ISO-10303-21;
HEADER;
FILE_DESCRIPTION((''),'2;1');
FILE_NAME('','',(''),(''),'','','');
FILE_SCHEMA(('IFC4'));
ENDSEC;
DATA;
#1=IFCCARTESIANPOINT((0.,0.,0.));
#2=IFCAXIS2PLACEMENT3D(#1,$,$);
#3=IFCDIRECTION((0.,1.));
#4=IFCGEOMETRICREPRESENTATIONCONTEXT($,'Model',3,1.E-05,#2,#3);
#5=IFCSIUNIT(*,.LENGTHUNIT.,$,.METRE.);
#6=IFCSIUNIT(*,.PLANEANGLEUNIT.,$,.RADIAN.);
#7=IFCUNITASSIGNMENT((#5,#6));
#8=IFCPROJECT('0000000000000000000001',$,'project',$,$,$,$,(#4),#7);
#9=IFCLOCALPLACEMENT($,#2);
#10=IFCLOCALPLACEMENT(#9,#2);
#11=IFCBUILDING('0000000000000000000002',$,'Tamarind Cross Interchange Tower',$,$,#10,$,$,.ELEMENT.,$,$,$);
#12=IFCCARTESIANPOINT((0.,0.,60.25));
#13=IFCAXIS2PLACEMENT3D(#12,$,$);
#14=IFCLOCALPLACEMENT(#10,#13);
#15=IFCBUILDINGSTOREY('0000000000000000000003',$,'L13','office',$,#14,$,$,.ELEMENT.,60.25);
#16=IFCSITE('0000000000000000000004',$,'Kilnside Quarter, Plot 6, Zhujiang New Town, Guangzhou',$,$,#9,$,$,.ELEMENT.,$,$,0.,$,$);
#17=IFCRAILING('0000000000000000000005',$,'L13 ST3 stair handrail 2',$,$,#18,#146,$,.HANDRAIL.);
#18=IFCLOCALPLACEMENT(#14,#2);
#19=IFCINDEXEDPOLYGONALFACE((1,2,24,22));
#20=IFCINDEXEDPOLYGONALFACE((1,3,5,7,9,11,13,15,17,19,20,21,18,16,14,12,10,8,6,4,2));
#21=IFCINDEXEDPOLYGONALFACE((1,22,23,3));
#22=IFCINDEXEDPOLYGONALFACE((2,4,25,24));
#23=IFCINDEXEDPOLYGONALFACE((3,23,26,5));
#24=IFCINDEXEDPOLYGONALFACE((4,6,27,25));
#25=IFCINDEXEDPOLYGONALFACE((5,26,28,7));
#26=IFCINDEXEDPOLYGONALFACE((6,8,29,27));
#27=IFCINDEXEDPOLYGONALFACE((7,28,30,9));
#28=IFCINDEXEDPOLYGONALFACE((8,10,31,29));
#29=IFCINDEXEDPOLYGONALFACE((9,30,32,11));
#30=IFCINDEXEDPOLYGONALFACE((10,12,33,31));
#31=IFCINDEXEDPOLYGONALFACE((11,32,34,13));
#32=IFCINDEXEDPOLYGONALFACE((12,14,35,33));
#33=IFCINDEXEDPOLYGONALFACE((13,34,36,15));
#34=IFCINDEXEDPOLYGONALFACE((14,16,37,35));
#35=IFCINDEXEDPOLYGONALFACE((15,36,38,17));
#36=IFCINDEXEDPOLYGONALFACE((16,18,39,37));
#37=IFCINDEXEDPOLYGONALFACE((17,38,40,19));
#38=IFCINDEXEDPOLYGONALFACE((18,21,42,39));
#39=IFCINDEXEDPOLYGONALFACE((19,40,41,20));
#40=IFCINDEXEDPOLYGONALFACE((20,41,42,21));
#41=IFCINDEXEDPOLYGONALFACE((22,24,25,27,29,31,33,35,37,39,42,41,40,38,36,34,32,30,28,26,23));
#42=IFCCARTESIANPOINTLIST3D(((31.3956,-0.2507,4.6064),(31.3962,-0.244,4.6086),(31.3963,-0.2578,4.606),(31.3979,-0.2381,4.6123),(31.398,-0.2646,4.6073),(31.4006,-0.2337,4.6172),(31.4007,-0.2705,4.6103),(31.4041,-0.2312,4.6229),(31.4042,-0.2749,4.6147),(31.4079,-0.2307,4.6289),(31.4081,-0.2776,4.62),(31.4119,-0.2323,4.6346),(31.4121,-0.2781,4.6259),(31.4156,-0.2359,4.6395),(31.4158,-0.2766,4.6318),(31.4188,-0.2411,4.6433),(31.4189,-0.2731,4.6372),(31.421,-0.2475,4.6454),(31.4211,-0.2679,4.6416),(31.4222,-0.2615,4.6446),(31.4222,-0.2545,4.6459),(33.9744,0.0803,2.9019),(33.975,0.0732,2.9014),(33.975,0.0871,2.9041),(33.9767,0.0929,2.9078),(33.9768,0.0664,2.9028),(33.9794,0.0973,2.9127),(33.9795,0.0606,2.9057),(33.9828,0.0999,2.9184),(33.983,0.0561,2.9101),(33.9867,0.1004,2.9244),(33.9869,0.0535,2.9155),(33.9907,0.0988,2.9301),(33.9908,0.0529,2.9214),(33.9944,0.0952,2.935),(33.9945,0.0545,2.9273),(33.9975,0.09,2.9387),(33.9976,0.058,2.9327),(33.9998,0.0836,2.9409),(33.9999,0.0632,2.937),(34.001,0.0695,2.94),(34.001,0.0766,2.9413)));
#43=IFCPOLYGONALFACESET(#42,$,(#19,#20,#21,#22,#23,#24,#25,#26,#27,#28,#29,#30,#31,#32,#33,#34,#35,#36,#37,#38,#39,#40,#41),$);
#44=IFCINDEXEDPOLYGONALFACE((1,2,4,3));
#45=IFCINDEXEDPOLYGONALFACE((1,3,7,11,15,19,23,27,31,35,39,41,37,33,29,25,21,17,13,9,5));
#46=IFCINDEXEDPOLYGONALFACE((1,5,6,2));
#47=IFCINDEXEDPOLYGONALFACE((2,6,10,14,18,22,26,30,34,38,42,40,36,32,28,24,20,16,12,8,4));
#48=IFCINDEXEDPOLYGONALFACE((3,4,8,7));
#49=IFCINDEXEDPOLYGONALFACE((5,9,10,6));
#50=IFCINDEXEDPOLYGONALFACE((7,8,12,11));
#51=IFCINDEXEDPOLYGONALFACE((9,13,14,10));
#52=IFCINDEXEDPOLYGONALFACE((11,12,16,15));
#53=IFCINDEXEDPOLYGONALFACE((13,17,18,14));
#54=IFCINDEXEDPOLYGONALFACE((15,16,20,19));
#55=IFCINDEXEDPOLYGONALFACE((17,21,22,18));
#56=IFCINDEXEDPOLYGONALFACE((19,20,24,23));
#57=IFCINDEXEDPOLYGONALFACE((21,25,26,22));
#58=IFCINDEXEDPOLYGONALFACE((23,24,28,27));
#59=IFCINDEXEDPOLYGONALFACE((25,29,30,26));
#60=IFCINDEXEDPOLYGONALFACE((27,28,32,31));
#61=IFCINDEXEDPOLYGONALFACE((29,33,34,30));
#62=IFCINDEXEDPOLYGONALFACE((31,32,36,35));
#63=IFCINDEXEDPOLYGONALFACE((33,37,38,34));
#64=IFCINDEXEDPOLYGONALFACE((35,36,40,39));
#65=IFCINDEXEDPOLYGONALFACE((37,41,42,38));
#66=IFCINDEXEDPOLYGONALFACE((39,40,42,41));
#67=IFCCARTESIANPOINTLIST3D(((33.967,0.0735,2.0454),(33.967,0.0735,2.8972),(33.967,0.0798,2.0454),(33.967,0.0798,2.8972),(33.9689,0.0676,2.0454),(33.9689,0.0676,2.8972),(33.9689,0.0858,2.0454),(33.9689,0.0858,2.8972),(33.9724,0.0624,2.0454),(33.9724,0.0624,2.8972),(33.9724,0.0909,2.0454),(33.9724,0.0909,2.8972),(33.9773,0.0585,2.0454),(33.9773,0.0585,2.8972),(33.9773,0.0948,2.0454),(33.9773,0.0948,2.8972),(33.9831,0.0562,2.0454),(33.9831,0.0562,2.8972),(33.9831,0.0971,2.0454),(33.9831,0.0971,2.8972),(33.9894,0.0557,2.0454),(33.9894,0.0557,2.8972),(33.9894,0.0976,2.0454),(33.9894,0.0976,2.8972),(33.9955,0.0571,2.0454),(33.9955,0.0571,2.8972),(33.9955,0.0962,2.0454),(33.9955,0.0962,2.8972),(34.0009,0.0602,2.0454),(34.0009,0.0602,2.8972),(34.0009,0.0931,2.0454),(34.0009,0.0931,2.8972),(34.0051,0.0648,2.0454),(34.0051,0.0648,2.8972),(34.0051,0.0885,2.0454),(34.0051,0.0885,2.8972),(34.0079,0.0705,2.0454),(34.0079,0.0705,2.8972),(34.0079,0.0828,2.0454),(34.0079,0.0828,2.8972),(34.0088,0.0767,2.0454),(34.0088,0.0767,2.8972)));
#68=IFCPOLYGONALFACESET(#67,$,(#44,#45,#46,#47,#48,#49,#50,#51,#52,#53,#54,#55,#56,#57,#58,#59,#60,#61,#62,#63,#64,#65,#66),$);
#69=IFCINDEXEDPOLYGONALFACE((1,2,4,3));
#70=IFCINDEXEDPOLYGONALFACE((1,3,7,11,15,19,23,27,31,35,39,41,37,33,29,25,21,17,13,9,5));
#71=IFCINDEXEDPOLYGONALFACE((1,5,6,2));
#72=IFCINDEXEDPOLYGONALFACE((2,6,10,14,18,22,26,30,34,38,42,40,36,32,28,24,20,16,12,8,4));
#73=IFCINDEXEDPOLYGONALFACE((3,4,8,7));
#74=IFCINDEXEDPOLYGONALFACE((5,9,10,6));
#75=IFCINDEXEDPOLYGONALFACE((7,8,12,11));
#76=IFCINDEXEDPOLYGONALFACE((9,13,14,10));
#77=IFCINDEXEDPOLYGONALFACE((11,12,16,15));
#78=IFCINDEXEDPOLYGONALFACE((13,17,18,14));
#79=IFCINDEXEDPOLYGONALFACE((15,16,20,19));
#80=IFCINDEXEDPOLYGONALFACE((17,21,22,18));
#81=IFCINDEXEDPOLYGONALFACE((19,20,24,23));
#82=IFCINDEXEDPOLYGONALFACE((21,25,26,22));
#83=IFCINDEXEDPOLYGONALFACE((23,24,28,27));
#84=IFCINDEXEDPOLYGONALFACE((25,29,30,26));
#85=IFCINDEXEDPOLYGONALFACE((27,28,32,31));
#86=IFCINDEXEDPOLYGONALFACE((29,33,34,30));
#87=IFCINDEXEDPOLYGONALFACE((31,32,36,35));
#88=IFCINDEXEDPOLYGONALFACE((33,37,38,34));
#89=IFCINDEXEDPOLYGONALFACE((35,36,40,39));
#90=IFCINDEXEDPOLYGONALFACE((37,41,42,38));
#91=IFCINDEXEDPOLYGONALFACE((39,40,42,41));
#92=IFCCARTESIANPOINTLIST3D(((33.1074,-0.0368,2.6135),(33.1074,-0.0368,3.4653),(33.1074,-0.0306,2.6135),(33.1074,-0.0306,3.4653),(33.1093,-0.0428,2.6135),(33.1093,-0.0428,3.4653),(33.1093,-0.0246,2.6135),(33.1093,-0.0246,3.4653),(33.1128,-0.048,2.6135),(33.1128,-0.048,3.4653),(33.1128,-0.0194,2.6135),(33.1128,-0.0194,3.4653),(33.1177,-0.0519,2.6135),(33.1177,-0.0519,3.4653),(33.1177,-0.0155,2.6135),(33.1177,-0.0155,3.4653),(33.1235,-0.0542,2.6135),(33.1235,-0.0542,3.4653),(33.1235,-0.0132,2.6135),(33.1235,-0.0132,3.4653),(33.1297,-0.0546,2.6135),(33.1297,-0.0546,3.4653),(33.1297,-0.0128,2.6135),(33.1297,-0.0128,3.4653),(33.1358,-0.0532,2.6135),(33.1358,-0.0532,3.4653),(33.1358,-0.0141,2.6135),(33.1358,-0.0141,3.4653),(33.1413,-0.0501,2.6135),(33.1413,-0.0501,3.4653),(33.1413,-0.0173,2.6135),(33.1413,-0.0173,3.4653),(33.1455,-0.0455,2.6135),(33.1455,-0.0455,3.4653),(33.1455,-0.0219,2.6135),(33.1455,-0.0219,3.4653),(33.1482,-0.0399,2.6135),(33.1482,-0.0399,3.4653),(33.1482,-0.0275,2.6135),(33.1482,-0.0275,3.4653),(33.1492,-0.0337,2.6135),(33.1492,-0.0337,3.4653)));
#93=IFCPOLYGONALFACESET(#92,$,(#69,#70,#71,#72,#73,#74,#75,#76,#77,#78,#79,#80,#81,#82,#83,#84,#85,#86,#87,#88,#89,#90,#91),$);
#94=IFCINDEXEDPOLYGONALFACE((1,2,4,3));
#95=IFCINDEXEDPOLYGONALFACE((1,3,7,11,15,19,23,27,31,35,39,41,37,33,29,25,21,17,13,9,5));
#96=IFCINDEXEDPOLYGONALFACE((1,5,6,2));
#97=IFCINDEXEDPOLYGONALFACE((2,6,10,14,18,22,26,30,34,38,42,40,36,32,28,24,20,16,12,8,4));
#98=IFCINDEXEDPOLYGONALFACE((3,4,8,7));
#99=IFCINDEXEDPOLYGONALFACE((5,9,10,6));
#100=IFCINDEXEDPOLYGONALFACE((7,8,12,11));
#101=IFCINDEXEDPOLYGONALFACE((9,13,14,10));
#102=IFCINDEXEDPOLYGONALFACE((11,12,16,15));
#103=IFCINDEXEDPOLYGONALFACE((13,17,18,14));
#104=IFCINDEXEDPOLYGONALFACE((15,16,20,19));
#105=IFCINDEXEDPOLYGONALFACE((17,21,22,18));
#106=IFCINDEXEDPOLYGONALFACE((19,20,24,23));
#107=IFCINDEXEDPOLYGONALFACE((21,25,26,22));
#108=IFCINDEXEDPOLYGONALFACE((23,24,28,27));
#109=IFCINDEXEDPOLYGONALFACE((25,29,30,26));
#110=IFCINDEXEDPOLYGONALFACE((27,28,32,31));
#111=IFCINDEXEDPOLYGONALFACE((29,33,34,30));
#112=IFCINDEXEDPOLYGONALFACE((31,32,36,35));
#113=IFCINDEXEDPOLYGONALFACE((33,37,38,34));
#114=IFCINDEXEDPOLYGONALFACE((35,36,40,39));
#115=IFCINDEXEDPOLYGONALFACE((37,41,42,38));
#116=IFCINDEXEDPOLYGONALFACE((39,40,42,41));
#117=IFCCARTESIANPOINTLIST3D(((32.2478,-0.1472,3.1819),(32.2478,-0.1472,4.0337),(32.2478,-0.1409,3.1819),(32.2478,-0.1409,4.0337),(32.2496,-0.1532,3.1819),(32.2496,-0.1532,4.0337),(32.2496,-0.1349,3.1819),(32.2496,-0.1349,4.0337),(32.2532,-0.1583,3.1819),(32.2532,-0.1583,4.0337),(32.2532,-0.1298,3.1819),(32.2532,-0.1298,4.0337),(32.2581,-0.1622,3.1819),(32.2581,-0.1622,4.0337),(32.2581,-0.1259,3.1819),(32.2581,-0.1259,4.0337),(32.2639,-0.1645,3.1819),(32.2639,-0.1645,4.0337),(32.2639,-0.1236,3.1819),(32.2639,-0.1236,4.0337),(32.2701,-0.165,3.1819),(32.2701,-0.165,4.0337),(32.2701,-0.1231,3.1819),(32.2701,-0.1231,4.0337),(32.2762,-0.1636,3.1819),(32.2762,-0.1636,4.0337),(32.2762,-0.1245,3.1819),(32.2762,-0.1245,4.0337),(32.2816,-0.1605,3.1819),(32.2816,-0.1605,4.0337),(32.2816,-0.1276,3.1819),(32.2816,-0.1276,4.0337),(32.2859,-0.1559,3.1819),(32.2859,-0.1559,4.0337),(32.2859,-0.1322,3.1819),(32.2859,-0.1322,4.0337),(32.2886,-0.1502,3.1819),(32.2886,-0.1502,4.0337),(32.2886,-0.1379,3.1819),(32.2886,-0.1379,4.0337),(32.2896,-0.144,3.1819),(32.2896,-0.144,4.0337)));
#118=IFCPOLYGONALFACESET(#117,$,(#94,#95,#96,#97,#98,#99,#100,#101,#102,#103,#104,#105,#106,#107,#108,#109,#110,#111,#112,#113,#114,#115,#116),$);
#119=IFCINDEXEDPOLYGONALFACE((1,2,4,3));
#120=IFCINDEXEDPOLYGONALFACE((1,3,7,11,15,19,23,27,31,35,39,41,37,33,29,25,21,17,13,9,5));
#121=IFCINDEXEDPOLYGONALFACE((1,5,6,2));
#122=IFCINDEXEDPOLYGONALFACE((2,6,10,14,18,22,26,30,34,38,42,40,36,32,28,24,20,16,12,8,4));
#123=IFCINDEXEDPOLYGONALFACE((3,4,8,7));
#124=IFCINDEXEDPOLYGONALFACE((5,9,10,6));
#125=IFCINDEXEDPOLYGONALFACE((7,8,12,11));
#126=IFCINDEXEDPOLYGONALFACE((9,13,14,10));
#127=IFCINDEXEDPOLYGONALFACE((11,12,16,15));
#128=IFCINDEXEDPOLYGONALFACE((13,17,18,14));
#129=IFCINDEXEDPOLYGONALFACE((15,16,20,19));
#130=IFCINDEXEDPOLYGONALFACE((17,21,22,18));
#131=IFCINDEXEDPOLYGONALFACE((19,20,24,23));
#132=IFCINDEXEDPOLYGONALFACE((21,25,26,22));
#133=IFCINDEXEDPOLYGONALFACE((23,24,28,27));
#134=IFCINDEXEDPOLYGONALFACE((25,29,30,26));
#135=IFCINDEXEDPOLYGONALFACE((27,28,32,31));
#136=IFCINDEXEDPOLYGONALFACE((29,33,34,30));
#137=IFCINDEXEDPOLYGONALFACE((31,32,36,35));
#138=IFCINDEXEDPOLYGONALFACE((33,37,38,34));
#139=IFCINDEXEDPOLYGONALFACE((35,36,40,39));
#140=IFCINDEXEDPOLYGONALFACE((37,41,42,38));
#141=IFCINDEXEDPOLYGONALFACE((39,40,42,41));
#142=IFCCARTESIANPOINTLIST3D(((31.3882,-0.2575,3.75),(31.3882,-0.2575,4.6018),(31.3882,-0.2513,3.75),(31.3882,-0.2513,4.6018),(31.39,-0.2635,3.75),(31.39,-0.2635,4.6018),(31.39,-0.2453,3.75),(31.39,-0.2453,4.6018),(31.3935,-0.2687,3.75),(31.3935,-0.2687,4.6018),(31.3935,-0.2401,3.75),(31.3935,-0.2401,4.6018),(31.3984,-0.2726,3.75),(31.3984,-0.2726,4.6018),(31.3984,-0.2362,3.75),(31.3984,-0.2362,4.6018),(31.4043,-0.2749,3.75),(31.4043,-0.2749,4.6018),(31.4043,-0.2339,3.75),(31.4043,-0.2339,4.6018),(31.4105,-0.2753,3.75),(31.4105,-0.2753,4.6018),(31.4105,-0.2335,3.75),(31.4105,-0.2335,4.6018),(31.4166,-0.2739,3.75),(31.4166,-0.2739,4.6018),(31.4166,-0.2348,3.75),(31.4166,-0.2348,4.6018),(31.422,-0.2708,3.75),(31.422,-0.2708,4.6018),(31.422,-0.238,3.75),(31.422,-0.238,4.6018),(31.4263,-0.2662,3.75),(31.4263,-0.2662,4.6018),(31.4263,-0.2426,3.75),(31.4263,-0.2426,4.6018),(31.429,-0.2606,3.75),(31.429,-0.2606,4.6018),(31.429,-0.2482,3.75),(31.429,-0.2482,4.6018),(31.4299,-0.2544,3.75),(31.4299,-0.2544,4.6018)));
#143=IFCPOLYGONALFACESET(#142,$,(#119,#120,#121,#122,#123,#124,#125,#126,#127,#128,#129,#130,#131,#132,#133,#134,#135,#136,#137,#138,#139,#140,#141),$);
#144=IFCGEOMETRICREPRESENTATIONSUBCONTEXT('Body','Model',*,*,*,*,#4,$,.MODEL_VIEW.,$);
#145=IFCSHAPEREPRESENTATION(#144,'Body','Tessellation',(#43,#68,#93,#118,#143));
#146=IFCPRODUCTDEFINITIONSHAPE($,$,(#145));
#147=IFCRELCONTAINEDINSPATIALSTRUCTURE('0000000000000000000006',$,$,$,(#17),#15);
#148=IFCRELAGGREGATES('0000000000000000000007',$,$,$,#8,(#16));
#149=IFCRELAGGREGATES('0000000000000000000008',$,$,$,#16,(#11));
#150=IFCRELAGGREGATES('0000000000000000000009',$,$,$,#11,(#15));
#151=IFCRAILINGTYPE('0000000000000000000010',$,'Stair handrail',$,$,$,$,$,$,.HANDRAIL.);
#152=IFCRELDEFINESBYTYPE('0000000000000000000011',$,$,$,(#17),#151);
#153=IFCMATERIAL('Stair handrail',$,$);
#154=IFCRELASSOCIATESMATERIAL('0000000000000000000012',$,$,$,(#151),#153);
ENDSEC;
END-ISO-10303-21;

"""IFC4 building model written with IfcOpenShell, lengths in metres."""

from ifc_helpers import new_model, si_unit, direction, frame, origin, origin_2d, place, context, subcontext, project, spatial, circle, extrude, material, type_object, element, save


model = new_model("IFC4")

# Units and contexts
model_context = context("Model", 3, precision=1e-05, world=origin(), true_north=direction((0.0, 1.0)))
body_context = subcontext(model_context, "Body", "Model", "MODEL_VIEW")
ifc_project = project(units=[si_unit("LENGTHUNIT", "METRE"), si_unit("PLANEANGLEUNIT", "RADIAN")], contexts=[model_context])

# Site, building, storey
site_placement = place(None, origin())
site = spatial("IfcSite", under=ifc_project, at=site_placement, Name="Kilnside Quarter, Plot 6, Zhujiang New Town, Guangzhou", CompositionType="ELEMENT", RefElevation=0.0)
building_placement = place(site_placement, origin())
building = spatial("IfcBuilding", under=site, at=building_placement, Name="Tamarind Cross Interchange Tower", CompositionType="ELEMENT")
storey_placement = place(building_placement, frame((0.0, 0.0, 60.25)))
storey = spatial("IfcBuildingStorey", under=building, at=storey_placement, Name="L13", Description="office", CompositionType="ELEMENT", Elevation=60.25)

# Railing
ifc_material_1 = material(Name="Stair handrail")
railing_type = type_object("IfcRailingType", Name="Stair handrail", PredefinedType="HANDRAIL", material=ifc_material_1)
railing_placement = place(storey_placement, frame((33.9878, 0.0767, 2.0454)))
element("IfcRailing", 1, at=railing_placement, inside=storey, type_object=railing_type, Name="L13 ST3 stair handrail 2", PredefinedType="HANDRAIL", context=body_context, shape_type="SweptSolid", body=[
    extrude(circle(Radius=0.0239, at=origin_2d()), frame((0.0, 0.0, 0.876), z_axis=(-0.829488, -0.106484, 0.54828), x_axis=(0.127328, -0.991861, 0.0)), (0.0, 0.0, 1.0), 3.1089),
    extrude(circle(Radius=0.021, at=origin_2d()), origin(), (0.0, 0.0, 1.0), 0.8518),
    extrude(circle(Radius=0.021, at=origin_2d()), frame((-0.8596, -0.1104, 0.5681)), (0.0, 0.0, 1.0), 0.8518),
    extrude(circle(Radius=0.021, at=origin_2d()), frame((-1.7192, -0.2207, 1.1365)), (0.0, 0.0, 1.0), 0.8518),
    extrude(circle(Radius=0.021, at=origin_2d()), frame((-2.5789, -0.3311, 1.7046)), (0.0, 0.0, 1.0), 0.8518),
])

save(model, "model.ifc")
